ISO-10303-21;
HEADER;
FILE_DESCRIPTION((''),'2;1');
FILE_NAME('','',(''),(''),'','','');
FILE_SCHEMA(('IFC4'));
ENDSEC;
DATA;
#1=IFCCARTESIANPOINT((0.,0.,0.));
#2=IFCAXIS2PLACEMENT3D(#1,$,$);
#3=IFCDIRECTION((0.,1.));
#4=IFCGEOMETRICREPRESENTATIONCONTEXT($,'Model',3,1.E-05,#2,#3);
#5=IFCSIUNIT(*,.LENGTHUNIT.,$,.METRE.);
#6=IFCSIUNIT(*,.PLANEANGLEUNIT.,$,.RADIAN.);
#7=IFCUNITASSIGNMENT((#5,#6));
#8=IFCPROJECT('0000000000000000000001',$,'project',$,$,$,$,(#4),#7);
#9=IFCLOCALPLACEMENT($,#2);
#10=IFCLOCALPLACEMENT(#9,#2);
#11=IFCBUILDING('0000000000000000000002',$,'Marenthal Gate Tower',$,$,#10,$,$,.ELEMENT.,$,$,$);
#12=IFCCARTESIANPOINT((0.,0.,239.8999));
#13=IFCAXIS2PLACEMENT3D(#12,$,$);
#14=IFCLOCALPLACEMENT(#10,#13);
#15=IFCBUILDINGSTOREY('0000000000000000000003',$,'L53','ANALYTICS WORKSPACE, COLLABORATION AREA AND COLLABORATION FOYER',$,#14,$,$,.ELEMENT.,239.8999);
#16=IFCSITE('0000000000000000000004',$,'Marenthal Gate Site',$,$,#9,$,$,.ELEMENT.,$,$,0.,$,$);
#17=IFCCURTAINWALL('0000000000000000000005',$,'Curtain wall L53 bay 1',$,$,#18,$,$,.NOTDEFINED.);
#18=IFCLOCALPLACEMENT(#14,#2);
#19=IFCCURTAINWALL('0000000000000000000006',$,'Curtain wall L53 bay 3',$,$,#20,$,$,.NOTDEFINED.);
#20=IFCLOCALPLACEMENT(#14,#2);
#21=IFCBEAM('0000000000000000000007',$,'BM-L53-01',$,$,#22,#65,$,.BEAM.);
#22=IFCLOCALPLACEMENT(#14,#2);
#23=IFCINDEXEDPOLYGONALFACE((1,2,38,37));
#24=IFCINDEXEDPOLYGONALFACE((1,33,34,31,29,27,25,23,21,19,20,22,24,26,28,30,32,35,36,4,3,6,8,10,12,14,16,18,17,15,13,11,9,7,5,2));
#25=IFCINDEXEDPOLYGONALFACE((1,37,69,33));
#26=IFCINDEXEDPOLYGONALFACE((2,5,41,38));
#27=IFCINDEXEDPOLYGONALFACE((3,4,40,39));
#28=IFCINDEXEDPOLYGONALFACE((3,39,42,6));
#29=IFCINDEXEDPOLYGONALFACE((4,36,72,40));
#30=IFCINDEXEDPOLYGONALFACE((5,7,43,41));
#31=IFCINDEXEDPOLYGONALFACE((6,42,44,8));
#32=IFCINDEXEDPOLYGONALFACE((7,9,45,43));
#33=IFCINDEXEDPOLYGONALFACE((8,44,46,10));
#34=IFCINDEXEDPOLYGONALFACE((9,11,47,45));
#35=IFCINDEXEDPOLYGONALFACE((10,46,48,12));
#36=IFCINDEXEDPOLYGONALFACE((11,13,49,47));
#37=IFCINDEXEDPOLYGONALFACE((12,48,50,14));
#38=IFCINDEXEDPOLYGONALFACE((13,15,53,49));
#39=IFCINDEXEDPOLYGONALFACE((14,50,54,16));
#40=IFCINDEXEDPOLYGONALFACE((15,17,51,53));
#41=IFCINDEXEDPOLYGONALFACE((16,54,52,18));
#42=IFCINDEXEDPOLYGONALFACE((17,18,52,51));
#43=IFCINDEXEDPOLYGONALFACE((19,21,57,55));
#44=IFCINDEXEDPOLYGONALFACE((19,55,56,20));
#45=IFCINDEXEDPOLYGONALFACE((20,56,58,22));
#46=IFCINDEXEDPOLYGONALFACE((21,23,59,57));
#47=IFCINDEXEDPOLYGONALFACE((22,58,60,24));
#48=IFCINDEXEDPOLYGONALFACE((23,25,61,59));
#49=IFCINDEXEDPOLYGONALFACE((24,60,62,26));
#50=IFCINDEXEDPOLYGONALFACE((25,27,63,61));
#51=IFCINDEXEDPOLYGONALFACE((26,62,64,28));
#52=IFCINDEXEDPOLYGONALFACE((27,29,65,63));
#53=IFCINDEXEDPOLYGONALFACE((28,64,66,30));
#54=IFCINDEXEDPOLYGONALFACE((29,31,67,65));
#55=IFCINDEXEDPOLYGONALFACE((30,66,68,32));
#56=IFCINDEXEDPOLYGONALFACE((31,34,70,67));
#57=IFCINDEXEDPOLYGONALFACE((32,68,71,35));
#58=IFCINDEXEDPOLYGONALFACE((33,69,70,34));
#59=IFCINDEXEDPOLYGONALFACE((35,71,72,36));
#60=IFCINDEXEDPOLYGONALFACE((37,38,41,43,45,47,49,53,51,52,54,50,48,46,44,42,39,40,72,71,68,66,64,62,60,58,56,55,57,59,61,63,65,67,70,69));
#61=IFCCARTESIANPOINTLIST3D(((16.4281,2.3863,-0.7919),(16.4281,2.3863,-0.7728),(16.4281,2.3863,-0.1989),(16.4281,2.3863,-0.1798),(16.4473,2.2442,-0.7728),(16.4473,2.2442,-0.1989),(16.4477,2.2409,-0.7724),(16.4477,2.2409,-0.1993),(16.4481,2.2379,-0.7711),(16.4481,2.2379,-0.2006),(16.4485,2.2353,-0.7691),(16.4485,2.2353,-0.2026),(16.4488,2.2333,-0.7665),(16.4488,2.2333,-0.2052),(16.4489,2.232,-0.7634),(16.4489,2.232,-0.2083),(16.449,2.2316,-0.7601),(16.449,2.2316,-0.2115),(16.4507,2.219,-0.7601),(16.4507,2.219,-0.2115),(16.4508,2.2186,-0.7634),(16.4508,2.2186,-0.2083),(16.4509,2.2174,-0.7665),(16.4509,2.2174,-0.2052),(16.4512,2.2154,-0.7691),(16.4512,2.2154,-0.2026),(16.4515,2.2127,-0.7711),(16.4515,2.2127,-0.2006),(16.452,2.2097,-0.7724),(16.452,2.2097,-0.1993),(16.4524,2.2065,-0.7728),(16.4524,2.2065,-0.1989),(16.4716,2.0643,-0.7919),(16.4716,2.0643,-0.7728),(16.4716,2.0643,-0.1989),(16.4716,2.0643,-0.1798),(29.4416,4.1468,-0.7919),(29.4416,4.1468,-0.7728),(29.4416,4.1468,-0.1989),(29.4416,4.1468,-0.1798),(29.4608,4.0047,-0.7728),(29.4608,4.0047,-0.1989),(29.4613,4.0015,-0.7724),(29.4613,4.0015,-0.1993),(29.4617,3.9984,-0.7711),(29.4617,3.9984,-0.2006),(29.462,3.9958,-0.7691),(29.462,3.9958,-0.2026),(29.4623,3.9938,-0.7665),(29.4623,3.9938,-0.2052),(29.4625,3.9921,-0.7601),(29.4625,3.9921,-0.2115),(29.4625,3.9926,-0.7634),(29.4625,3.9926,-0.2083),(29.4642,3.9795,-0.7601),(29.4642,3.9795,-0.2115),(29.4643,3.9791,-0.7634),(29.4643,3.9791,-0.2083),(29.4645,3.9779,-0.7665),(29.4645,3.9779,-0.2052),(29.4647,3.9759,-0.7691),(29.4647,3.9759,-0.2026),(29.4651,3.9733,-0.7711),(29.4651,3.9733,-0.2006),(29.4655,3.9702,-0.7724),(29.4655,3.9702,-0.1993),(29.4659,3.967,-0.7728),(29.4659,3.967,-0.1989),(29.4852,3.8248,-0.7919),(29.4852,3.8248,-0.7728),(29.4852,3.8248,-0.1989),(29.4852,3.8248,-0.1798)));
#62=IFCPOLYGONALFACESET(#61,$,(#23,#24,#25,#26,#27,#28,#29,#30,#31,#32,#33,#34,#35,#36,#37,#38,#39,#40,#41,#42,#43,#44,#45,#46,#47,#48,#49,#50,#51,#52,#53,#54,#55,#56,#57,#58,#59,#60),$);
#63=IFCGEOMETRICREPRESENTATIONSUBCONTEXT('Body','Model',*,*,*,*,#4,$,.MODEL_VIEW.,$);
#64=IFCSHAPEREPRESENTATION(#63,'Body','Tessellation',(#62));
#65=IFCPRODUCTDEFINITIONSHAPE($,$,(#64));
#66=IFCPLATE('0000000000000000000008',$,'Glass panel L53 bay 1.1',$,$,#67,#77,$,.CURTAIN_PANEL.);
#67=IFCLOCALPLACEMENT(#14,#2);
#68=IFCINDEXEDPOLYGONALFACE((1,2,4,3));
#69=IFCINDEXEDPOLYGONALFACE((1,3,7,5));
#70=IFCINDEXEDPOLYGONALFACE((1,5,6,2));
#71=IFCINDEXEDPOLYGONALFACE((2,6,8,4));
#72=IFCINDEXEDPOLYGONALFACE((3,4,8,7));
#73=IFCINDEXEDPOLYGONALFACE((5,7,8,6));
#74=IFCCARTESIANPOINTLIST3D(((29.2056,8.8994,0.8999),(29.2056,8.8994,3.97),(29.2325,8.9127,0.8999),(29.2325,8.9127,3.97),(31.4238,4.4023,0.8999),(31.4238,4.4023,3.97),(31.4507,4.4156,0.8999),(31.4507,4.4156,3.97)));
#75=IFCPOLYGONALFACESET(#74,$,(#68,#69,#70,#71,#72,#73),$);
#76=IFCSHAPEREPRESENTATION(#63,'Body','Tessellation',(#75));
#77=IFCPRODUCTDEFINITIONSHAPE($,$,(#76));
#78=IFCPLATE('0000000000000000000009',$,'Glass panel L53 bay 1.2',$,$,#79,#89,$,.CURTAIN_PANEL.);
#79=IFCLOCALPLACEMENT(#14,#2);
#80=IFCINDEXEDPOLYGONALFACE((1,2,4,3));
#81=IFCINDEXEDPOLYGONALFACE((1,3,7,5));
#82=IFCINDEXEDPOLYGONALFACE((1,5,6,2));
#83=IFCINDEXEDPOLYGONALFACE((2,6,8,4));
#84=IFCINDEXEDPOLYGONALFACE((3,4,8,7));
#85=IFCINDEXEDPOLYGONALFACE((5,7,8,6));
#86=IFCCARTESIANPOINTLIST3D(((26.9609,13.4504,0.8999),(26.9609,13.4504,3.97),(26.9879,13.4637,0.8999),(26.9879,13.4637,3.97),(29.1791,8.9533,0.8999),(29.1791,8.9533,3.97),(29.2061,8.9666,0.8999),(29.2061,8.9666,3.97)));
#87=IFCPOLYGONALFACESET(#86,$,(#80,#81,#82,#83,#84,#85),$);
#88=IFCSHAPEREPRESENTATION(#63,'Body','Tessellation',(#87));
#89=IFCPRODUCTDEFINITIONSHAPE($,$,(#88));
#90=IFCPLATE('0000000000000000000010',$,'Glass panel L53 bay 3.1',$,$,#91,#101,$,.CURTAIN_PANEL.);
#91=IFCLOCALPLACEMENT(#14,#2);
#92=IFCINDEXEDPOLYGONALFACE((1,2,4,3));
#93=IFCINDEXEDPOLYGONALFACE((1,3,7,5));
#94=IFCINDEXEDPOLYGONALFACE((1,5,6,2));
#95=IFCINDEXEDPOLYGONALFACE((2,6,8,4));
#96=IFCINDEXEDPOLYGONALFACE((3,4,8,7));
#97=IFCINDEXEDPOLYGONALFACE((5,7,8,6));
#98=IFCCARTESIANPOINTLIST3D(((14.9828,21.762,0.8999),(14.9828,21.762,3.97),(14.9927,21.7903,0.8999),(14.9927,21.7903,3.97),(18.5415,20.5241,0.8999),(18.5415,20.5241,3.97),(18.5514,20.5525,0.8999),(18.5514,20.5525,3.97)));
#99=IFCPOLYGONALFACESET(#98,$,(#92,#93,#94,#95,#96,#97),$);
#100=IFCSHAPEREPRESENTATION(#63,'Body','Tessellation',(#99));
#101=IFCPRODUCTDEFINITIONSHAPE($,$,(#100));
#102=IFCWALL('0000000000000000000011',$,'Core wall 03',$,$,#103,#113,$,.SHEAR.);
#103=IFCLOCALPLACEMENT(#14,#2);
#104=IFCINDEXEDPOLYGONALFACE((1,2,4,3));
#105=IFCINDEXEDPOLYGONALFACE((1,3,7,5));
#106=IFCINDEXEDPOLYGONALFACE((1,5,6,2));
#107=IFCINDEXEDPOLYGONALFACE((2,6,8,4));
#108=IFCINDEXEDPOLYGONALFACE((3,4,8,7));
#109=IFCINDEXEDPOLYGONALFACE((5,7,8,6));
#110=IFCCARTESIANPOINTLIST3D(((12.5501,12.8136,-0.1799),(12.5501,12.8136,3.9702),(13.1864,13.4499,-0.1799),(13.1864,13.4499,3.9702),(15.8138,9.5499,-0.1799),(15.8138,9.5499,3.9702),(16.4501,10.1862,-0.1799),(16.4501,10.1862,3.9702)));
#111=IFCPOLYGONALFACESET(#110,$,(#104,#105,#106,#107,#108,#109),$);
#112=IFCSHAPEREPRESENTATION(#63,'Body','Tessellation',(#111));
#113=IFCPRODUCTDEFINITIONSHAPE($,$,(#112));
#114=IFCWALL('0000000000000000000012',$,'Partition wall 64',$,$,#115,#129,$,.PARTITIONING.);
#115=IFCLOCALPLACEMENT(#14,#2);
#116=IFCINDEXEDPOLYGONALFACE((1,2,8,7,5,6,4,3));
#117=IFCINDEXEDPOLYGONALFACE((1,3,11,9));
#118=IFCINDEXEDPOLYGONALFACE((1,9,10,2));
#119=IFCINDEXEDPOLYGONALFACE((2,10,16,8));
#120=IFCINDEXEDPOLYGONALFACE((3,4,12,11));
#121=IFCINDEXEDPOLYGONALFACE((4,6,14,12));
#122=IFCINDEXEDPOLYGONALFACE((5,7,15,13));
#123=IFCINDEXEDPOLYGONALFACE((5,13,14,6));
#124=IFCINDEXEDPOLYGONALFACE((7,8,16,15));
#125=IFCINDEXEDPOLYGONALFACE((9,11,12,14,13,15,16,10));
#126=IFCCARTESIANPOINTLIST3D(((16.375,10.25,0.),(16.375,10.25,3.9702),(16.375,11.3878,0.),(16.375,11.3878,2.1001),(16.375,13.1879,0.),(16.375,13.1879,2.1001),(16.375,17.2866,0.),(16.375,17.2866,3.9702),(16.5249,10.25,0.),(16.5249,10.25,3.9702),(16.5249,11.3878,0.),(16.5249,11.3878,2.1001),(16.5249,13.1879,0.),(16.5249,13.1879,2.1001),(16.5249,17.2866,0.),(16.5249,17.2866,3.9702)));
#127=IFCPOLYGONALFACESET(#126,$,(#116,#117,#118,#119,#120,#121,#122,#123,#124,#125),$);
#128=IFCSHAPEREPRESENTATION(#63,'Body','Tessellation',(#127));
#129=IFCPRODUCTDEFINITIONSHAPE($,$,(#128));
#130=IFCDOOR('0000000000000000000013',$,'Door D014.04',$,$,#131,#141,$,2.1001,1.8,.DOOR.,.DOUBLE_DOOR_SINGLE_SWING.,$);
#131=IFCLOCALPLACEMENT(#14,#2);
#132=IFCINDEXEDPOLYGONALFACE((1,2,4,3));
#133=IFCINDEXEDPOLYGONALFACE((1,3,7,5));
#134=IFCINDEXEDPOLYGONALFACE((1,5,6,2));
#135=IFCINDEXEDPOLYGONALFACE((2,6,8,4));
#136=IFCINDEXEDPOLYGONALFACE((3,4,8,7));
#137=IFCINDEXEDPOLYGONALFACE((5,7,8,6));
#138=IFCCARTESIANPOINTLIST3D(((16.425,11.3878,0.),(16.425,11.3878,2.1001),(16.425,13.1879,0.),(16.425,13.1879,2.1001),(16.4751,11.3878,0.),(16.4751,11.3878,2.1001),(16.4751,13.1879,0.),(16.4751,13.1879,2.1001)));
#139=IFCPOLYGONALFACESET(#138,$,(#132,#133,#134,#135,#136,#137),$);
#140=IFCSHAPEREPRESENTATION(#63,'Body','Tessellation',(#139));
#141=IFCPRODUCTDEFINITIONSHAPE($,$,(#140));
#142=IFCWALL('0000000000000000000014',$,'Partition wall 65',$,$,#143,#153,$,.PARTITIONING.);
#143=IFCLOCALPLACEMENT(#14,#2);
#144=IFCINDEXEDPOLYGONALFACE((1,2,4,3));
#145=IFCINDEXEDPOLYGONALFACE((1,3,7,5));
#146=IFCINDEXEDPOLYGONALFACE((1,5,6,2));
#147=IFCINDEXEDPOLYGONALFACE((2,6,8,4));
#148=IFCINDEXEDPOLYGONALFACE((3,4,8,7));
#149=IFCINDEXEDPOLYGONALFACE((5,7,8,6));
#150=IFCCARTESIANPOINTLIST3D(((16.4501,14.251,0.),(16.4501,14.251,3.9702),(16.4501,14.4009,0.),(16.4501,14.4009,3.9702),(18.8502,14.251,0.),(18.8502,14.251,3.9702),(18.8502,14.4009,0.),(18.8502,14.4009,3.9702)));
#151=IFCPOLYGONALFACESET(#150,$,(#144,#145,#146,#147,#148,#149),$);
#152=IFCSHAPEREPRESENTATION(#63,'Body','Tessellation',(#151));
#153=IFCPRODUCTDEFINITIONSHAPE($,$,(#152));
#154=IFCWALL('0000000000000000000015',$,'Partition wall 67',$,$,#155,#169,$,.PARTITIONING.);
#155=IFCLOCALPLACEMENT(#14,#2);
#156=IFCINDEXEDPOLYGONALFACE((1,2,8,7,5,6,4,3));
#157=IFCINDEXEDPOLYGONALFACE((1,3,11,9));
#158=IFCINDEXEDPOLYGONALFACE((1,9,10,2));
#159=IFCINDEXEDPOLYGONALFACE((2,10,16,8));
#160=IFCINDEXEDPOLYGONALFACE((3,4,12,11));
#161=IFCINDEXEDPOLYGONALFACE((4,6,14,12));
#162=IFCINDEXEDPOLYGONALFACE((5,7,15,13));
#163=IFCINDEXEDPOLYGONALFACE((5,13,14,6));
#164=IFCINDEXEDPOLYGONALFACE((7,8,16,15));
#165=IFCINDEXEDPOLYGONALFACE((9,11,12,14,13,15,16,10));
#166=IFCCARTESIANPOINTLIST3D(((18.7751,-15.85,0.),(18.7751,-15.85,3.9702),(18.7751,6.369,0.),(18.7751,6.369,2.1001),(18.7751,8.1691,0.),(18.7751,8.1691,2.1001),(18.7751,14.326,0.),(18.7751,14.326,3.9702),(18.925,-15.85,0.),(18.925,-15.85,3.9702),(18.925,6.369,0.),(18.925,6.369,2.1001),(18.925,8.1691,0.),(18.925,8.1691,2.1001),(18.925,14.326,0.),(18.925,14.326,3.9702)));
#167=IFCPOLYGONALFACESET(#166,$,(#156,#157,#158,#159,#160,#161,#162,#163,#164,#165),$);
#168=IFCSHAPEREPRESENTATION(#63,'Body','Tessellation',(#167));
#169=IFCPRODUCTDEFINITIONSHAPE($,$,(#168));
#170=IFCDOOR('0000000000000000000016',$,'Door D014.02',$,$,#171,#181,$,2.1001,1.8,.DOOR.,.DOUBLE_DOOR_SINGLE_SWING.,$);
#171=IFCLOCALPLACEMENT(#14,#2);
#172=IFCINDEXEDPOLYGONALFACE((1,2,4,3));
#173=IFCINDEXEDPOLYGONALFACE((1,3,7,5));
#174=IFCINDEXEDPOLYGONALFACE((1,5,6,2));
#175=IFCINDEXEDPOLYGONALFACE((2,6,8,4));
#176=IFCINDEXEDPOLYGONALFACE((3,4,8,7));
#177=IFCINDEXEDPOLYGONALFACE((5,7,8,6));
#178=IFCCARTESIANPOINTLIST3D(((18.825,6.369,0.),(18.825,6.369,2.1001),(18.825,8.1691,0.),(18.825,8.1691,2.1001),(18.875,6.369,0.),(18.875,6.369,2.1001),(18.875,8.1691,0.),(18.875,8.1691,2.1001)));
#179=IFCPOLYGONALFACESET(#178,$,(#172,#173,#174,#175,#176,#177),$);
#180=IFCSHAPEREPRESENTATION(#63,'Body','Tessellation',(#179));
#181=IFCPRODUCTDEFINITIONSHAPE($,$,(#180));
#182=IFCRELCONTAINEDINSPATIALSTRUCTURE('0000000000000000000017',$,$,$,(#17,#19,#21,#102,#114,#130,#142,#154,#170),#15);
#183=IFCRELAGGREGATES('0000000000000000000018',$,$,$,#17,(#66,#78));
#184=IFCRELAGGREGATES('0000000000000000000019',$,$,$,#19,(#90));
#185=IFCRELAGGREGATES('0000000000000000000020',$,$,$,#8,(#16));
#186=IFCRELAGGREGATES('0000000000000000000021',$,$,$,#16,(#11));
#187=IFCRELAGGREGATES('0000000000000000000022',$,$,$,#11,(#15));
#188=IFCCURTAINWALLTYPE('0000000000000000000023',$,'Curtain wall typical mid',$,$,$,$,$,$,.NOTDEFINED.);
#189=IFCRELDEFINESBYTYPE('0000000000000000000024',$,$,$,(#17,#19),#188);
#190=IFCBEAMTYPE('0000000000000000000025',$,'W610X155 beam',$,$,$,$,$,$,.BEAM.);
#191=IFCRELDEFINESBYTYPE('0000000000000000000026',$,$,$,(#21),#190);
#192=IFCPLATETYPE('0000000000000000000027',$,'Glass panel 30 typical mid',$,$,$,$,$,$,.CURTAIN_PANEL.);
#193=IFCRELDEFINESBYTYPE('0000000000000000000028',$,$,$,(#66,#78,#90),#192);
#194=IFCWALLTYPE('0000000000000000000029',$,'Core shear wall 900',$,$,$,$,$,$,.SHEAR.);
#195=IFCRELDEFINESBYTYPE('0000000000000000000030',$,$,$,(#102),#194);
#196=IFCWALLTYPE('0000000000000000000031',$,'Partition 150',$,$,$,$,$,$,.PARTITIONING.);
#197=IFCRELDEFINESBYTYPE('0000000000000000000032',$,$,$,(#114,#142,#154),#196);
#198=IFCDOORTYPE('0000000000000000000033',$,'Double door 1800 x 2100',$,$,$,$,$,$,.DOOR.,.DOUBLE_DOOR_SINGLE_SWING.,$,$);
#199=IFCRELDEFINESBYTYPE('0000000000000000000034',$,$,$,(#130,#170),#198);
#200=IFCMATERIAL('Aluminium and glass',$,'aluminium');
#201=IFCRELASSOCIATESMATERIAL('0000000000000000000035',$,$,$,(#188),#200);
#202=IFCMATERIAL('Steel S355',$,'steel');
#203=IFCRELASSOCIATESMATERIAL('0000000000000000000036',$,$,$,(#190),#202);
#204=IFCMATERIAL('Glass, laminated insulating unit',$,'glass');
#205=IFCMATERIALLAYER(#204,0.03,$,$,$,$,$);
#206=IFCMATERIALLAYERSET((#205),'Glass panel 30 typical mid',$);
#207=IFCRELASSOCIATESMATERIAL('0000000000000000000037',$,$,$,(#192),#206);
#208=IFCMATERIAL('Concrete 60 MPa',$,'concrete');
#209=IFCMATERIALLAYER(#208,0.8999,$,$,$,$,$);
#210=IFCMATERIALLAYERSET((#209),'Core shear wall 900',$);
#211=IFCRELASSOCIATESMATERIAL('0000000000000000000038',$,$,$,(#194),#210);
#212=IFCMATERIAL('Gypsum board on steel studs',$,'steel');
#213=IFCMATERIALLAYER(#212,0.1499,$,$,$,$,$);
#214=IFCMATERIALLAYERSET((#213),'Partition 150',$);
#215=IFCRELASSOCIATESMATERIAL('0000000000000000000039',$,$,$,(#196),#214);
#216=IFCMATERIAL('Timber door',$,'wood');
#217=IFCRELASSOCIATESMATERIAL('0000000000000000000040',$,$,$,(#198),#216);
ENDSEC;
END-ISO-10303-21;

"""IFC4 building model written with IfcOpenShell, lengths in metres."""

from ifc_helpers import new_model, si_unit, direction, frame, frame_2d, origin, origin_2d, place, context, subcontext, project, spatial, rectangle, i_section, extrude, material, layer, layer_set, material_profile, profile_set, type_object, element, fill, aggregate, save


model = new_model("IFC4")

# Units and contexts
model_context = context("Model", 3, precision=1e-05, world=origin(), true_north=direction((0.0, 1.0)))
body_context = subcontext(model_context, "Body", "Model", "MODEL_VIEW")
ifc_project = project(units=[si_unit("LENGTHUNIT", "METRE"), si_unit("PLANEANGLEUNIT", "RADIAN")], contexts=[model_context])

# Site, building, storey
site_placement = place(None, origin())
site = spatial("IfcSite", under=ifc_project, at=site_placement, Name="Marenthal Gate Site", CompositionType="ELEMENT", RefElevation=0.0)
building_placement = place(site_placement, origin())
building = spatial("IfcBuilding", under=site, at=building_placement, Name="Marenthal Gate Tower", CompositionType="ELEMENT")
storey_placement = place(building_placement, frame((0.0, 0.0, 239.8999)))
storey = spatial("IfcBuildingStorey", under=building, at=storey_placement, Name="L53", Description="ANALYTICS WORKSPACE, COLLABORATION AREA AND COLLABORATION FOYER", CompositionType="ELEMENT", Elevation=239.8999)

# Curtain walls
ifc_material_1 = material(Name="Aluminium and glass", Category="aluminium")
curtain_wall_type = type_object("IfcCurtainWallType", Name="Curtain wall typical mid", PredefinedType="NOTDEFINED", material=ifc_material_1)
curtain_wall_1_placement = place(storey_placement, origin())
curtain_wall_1 = element("IfcCurtainWall", 1, at=curtain_wall_1_placement, inside=storey, type_object=curtain_wall_type, Name="Curtain wall L53 bay 1", PredefinedType="NOTDEFINED")
curtain_wall_2_placement = place(storey_placement, origin())
curtain_wall_2 = element("IfcCurtainWall", 2, at=curtain_wall_2_placement, inside=storey, type_object=curtain_wall_type, Name="Curtain wall L53 bay 3", PredefinedType="NOTDEFINED")

# Beam
ifc_material_2 = material(Name="Steel S355", Category="steel")
ifc_material_profile_1 = material_profile(ifc_material_2, i_section(OverallWidth=0.325, OverallDepth=0.6121, WebThickness=0.0127, FlangeThickness=0.019, FilletRadius=0.0127, at=origin_2d()), Name="W610X155")
ifc_profile_set_1 = profile_set([ifc_material_profile_1], Name="Steel S355")
beam_type_1 = type_object("IfcBeamType", Name="W610X155 beam", PredefinedType="BEAM", material=ifc_profile_set_1)
beam_1_placement = place(storey_placement, frame((29.4634, 3.9858, -0.4858), z_axis=(-0.990973, -0.134062, 0.0), x_axis=(0.134062, -0.990973, 0.0)))
element("IfcBeam", 3, at=beam_1_placement, inside=storey, type_object=beam_type_1, Name="BM-L53-01", PredefinedType="BEAM", context=body_context, shape_type="SweptSolid", body=[
    extrude(i_section(OverallWidth=0.325, OverallDepth=0.6121, WebThickness=0.0127, FlangeThickness=0.019, FilletRadius=0.0127, at=origin_2d()), origin(), (0.0, 0.0, 1.0), 13.1321),
])

# Plates
ifc_material_3 = material(Name="Glass, laminated insulating unit", Category="glass")
ifc_layer_1 = layer(ifc_material_3, 0.03)
ifc_layer_set_1 = layer_set([ifc_layer_1], Name="Glass panel 30 typical mid")
plate_type = type_object("IfcPlateType", Name="Glass panel 30 typical mid", PredefinedType="CURTAIN_PANEL", material=ifc_layer_set_1)
plate_1_placement = place(storey_placement, frame((30.3281, 6.6575, 0.8999), z_axis=(0.0, 0.0, 1.0), x_axis=(-0.442364, 0.896835, 0.0)))
plate_1 = element("IfcPlate", 4, at=plate_1_placement, type_object=plate_type, Name="Glass panel L53 bay 1.1", PredefinedType="CURTAIN_PANEL", context=body_context, shape_type="SweptSolid", body=[
    extrude(rectangle(XDim=5.0144, YDim=0.03, at=origin_2d()), origin(), (0.0, 0.0, 1.0), 3.0701),
])
plate_2_placement = place(storey_placement, frame((28.0835, 11.2085, 0.8999), z_axis=(0.0, 0.0, 1.0), x_axis=(-0.442364, 0.896835, 0.0)))
plate_2 = element("IfcPlate", 5, at=plate_2_placement, type_object=plate_type, Name="Glass panel L53 bay 1.2", PredefinedType="CURTAIN_PANEL", context=body_context, shape_type="SweptSolid", body=[
    extrude(rectangle(XDim=5.0144, YDim=0.03, at=origin_2d()), origin(), (0.0, 0.0, 1.0), 3.0701),
])
aggregate(curtain_wall_1, [plate_1, plate_2])
plate_3_placement = place(storey_placement, frame((16.7671, 21.1572, 0.8999), z_axis=(0.0, 0.0, 1.0), x_axis=(-0.94449, 0.32854, 0.0)))
plate_3 = element("IfcPlate", 6, at=plate_3_placement, type_object=plate_type, Name="Glass panel L53 bay 3.1", PredefinedType="CURTAIN_PANEL", context=body_context, shape_type="SweptSolid", body=[
    extrude(rectangle(XDim=3.7678, YDim=0.03, at=origin_2d()), origin(), (0.0, 0.0, 1.0), 3.0701),
])
aggregate(curtain_wall_2, [plate_3])

# Wall
ifc_material_4 = material(Name="Concrete 60 MPa", Category="concrete")
ifc_layer_2 = layer(ifc_material_4, 0.8999)
ifc_layer_set_2 = layer_set([ifc_layer_2], Name="Core shear wall 900")
wall_type_1 = type_object("IfcWallType", Name="Core shear wall 900", PredefinedType="SHEAR", material=ifc_layer_set_2)
wall_1_placement = place(storey_placement, frame((16.1318, 9.8682, -0.1799), z_axis=(0.0, 0.0, 1.0), x_axis=(-0.707107, 0.707107, 0.0)))
element("IfcWall", 7, at=wall_1_placement, inside=storey, type_object=wall_type_1, Name="Core wall 03", PredefinedType="SHEAR", context=body_context, shape_type="SweptSolid", body=[
    extrude(rectangle(XDim=4.6155, YDim=0.8999, at=frame_2d((2.3076, 0.0))), origin(), (0.0, 0.0, 1.0), 4.1501),
])

# Wall, opening, door
ifc_material_5 = material(Name="Gypsum board on steel studs", Category="steel")
ifc_layer_3 = layer(ifc_material_5, 0.1499)
ifc_layer_set_3 = layer_set([ifc_layer_3], Name="Partition 150")
wall_type_2 = type_object("IfcWallType", Name="Partition 150", PredefinedType="PARTITIONING", material=ifc_layer_set_3)
wall_2_placement = place(storey_placement, frame((16.45, 10.25, 0.0), z_axis=(0.0, 0.0, 1.0), x_axis=(0.0, 1.0, 0.0)))
wall_2 = element("IfcWall", 8, at=wall_2_placement, inside=storey, type_object=wall_type_2, Name="Partition wall 64", PredefinedType="PARTITIONING", context=body_context, shape_type="SweptSolid", body=[
    extrude(rectangle(XDim=7.0366, YDim=0.1499, at=frame_2d((3.5183, 0.0))), origin(), (0.0, 0.0, 1.0), 3.9702),
])
opening_1_placement = place(wall_2_placement, frame((1.1379, 0.0, 0.0)))
opening_1 = element("IfcOpeningElement", 9, at=opening_1_placement, cuts=wall_2, PredefinedType="OPENING", context=body_context, shape_type="SweptSolid", body=[
    extrude(rectangle(XDim=1.8, YDim=2.1001, at=frame_2d((0.8999, 1.05))), frame((0.0, 0.085, 0.0), z_axis=(0.0, -1.0, 0.0), x_axis=(1.0, 0.0, 0.0)), (0.0, 0.0, 1.0), 0.1699),
])
ifc_material_6 = material(Name="Timber door", Category="wood")
door_type_1 = type_object("IfcDoorType", Name="Double door 1800 x 2100", OperationType="DOUBLE_DOOR_SINGLE_SWING", PredefinedType="DOOR", material=ifc_material_6)
door_1_placement = place(opening_1_placement, origin())
door_1 = element("IfcDoor", 10, at=door_1_placement, inside=storey, type_object=door_type_1, Name="Door D014.04", OperationType="DOUBLE_DOOR_SINGLE_SWING", OverallHeight=2.1001, OverallWidth=1.8, PredefinedType="DOOR", context=body_context, shape_type="SweptSolid", body=[
    extrude(rectangle(XDim=1.8, YDim=2.1001, at=frame_2d((0.8999, 1.05))), frame((0.0, 0.0249, 0.0), z_axis=(0.0, -1.0, 0.0), x_axis=(1.0, 0.0, 0.0)), (0.0, 0.0, 1.0), 0.05),
])
fill(opening_1, door_1)

# Wall
wall_3_placement = place(storey_placement, frame((16.45, 14.3259, 0.0), z_axis=(0.0, 0.0, 1.0), x_axis=(1.0, 0.0, 0.0)))
element("IfcWall", 11, at=wall_3_placement, inside=storey, type_object=wall_type_2, Name="Partition wall 65", PredefinedType="PARTITIONING", context=body_context, shape_type="SweptSolid", body=[
    extrude(rectangle(XDim=2.4001, YDim=0.1499, at=frame_2d((1.2002, 0.0))), origin(), (0.0, 0.0, 1.0), 3.9702),
])

# Wall, opening, door
wall_4_placement = place(storey_placement, frame((18.8501, 14.3259, 0.0), z_axis=(0.0, 0.0, 1.0), x_axis=(0.0, -1.0, 0.0)))
wall_4 = element("IfcWall", 12, at=wall_4_placement, inside=storey, type_object=wall_type_2, Name="Partition wall 67", PredefinedType="PARTITIONING", context=body_context, shape_type="SweptSolid", body=[
    extrude(rectangle(XDim=30.176, YDim=0.1499, at=frame_2d((15.0879, 0.0))), origin(), (0.0, 0.0, 1.0), 3.9702),
])
opening_2_placement = place(wall_4_placement, frame((6.157, 0.0, 0.0)))
opening_2 = element("IfcOpeningElement", 13, at=opening_2_placement, cuts=wall_4, PredefinedType="OPENING", context=body_context, shape_type="SweptSolid", body=[
    extrude(rectangle(XDim=1.8, YDim=2.1001, at=frame_2d((0.8999, 1.05))), frame((0.0, 0.085, 0.0), z_axis=(0.0, -1.0, 0.0), x_axis=(1.0, 0.0, 0.0)), (0.0, 0.0, 1.0), 0.1699),
])
door_2_placement = place(opening_2_placement, origin())
door_2 = element("IfcDoor", 14, at=door_2_placement, inside=storey, type_object=door_type_1, Name="Door D014.02", OperationType="DOUBLE_DOOR_SINGLE_SWING", OverallHeight=2.1001, OverallWidth=1.8, PredefinedType="DOOR", context=body_context, shape_type="SweptSolid", body=[
    extrude(rectangle(XDim=1.8, YDim=2.1001, at=frame_2d((0.8999, 1.05))), frame((0.0, 0.0249, 0.0), z_axis=(0.0, -1.0, 0.0), x_axis=(1.0, 0.0, 0.0)), (0.0, 0.0, 1.0), 0.05),
])
fill(opening_2, door_2)

save(model, "model.ifc")
